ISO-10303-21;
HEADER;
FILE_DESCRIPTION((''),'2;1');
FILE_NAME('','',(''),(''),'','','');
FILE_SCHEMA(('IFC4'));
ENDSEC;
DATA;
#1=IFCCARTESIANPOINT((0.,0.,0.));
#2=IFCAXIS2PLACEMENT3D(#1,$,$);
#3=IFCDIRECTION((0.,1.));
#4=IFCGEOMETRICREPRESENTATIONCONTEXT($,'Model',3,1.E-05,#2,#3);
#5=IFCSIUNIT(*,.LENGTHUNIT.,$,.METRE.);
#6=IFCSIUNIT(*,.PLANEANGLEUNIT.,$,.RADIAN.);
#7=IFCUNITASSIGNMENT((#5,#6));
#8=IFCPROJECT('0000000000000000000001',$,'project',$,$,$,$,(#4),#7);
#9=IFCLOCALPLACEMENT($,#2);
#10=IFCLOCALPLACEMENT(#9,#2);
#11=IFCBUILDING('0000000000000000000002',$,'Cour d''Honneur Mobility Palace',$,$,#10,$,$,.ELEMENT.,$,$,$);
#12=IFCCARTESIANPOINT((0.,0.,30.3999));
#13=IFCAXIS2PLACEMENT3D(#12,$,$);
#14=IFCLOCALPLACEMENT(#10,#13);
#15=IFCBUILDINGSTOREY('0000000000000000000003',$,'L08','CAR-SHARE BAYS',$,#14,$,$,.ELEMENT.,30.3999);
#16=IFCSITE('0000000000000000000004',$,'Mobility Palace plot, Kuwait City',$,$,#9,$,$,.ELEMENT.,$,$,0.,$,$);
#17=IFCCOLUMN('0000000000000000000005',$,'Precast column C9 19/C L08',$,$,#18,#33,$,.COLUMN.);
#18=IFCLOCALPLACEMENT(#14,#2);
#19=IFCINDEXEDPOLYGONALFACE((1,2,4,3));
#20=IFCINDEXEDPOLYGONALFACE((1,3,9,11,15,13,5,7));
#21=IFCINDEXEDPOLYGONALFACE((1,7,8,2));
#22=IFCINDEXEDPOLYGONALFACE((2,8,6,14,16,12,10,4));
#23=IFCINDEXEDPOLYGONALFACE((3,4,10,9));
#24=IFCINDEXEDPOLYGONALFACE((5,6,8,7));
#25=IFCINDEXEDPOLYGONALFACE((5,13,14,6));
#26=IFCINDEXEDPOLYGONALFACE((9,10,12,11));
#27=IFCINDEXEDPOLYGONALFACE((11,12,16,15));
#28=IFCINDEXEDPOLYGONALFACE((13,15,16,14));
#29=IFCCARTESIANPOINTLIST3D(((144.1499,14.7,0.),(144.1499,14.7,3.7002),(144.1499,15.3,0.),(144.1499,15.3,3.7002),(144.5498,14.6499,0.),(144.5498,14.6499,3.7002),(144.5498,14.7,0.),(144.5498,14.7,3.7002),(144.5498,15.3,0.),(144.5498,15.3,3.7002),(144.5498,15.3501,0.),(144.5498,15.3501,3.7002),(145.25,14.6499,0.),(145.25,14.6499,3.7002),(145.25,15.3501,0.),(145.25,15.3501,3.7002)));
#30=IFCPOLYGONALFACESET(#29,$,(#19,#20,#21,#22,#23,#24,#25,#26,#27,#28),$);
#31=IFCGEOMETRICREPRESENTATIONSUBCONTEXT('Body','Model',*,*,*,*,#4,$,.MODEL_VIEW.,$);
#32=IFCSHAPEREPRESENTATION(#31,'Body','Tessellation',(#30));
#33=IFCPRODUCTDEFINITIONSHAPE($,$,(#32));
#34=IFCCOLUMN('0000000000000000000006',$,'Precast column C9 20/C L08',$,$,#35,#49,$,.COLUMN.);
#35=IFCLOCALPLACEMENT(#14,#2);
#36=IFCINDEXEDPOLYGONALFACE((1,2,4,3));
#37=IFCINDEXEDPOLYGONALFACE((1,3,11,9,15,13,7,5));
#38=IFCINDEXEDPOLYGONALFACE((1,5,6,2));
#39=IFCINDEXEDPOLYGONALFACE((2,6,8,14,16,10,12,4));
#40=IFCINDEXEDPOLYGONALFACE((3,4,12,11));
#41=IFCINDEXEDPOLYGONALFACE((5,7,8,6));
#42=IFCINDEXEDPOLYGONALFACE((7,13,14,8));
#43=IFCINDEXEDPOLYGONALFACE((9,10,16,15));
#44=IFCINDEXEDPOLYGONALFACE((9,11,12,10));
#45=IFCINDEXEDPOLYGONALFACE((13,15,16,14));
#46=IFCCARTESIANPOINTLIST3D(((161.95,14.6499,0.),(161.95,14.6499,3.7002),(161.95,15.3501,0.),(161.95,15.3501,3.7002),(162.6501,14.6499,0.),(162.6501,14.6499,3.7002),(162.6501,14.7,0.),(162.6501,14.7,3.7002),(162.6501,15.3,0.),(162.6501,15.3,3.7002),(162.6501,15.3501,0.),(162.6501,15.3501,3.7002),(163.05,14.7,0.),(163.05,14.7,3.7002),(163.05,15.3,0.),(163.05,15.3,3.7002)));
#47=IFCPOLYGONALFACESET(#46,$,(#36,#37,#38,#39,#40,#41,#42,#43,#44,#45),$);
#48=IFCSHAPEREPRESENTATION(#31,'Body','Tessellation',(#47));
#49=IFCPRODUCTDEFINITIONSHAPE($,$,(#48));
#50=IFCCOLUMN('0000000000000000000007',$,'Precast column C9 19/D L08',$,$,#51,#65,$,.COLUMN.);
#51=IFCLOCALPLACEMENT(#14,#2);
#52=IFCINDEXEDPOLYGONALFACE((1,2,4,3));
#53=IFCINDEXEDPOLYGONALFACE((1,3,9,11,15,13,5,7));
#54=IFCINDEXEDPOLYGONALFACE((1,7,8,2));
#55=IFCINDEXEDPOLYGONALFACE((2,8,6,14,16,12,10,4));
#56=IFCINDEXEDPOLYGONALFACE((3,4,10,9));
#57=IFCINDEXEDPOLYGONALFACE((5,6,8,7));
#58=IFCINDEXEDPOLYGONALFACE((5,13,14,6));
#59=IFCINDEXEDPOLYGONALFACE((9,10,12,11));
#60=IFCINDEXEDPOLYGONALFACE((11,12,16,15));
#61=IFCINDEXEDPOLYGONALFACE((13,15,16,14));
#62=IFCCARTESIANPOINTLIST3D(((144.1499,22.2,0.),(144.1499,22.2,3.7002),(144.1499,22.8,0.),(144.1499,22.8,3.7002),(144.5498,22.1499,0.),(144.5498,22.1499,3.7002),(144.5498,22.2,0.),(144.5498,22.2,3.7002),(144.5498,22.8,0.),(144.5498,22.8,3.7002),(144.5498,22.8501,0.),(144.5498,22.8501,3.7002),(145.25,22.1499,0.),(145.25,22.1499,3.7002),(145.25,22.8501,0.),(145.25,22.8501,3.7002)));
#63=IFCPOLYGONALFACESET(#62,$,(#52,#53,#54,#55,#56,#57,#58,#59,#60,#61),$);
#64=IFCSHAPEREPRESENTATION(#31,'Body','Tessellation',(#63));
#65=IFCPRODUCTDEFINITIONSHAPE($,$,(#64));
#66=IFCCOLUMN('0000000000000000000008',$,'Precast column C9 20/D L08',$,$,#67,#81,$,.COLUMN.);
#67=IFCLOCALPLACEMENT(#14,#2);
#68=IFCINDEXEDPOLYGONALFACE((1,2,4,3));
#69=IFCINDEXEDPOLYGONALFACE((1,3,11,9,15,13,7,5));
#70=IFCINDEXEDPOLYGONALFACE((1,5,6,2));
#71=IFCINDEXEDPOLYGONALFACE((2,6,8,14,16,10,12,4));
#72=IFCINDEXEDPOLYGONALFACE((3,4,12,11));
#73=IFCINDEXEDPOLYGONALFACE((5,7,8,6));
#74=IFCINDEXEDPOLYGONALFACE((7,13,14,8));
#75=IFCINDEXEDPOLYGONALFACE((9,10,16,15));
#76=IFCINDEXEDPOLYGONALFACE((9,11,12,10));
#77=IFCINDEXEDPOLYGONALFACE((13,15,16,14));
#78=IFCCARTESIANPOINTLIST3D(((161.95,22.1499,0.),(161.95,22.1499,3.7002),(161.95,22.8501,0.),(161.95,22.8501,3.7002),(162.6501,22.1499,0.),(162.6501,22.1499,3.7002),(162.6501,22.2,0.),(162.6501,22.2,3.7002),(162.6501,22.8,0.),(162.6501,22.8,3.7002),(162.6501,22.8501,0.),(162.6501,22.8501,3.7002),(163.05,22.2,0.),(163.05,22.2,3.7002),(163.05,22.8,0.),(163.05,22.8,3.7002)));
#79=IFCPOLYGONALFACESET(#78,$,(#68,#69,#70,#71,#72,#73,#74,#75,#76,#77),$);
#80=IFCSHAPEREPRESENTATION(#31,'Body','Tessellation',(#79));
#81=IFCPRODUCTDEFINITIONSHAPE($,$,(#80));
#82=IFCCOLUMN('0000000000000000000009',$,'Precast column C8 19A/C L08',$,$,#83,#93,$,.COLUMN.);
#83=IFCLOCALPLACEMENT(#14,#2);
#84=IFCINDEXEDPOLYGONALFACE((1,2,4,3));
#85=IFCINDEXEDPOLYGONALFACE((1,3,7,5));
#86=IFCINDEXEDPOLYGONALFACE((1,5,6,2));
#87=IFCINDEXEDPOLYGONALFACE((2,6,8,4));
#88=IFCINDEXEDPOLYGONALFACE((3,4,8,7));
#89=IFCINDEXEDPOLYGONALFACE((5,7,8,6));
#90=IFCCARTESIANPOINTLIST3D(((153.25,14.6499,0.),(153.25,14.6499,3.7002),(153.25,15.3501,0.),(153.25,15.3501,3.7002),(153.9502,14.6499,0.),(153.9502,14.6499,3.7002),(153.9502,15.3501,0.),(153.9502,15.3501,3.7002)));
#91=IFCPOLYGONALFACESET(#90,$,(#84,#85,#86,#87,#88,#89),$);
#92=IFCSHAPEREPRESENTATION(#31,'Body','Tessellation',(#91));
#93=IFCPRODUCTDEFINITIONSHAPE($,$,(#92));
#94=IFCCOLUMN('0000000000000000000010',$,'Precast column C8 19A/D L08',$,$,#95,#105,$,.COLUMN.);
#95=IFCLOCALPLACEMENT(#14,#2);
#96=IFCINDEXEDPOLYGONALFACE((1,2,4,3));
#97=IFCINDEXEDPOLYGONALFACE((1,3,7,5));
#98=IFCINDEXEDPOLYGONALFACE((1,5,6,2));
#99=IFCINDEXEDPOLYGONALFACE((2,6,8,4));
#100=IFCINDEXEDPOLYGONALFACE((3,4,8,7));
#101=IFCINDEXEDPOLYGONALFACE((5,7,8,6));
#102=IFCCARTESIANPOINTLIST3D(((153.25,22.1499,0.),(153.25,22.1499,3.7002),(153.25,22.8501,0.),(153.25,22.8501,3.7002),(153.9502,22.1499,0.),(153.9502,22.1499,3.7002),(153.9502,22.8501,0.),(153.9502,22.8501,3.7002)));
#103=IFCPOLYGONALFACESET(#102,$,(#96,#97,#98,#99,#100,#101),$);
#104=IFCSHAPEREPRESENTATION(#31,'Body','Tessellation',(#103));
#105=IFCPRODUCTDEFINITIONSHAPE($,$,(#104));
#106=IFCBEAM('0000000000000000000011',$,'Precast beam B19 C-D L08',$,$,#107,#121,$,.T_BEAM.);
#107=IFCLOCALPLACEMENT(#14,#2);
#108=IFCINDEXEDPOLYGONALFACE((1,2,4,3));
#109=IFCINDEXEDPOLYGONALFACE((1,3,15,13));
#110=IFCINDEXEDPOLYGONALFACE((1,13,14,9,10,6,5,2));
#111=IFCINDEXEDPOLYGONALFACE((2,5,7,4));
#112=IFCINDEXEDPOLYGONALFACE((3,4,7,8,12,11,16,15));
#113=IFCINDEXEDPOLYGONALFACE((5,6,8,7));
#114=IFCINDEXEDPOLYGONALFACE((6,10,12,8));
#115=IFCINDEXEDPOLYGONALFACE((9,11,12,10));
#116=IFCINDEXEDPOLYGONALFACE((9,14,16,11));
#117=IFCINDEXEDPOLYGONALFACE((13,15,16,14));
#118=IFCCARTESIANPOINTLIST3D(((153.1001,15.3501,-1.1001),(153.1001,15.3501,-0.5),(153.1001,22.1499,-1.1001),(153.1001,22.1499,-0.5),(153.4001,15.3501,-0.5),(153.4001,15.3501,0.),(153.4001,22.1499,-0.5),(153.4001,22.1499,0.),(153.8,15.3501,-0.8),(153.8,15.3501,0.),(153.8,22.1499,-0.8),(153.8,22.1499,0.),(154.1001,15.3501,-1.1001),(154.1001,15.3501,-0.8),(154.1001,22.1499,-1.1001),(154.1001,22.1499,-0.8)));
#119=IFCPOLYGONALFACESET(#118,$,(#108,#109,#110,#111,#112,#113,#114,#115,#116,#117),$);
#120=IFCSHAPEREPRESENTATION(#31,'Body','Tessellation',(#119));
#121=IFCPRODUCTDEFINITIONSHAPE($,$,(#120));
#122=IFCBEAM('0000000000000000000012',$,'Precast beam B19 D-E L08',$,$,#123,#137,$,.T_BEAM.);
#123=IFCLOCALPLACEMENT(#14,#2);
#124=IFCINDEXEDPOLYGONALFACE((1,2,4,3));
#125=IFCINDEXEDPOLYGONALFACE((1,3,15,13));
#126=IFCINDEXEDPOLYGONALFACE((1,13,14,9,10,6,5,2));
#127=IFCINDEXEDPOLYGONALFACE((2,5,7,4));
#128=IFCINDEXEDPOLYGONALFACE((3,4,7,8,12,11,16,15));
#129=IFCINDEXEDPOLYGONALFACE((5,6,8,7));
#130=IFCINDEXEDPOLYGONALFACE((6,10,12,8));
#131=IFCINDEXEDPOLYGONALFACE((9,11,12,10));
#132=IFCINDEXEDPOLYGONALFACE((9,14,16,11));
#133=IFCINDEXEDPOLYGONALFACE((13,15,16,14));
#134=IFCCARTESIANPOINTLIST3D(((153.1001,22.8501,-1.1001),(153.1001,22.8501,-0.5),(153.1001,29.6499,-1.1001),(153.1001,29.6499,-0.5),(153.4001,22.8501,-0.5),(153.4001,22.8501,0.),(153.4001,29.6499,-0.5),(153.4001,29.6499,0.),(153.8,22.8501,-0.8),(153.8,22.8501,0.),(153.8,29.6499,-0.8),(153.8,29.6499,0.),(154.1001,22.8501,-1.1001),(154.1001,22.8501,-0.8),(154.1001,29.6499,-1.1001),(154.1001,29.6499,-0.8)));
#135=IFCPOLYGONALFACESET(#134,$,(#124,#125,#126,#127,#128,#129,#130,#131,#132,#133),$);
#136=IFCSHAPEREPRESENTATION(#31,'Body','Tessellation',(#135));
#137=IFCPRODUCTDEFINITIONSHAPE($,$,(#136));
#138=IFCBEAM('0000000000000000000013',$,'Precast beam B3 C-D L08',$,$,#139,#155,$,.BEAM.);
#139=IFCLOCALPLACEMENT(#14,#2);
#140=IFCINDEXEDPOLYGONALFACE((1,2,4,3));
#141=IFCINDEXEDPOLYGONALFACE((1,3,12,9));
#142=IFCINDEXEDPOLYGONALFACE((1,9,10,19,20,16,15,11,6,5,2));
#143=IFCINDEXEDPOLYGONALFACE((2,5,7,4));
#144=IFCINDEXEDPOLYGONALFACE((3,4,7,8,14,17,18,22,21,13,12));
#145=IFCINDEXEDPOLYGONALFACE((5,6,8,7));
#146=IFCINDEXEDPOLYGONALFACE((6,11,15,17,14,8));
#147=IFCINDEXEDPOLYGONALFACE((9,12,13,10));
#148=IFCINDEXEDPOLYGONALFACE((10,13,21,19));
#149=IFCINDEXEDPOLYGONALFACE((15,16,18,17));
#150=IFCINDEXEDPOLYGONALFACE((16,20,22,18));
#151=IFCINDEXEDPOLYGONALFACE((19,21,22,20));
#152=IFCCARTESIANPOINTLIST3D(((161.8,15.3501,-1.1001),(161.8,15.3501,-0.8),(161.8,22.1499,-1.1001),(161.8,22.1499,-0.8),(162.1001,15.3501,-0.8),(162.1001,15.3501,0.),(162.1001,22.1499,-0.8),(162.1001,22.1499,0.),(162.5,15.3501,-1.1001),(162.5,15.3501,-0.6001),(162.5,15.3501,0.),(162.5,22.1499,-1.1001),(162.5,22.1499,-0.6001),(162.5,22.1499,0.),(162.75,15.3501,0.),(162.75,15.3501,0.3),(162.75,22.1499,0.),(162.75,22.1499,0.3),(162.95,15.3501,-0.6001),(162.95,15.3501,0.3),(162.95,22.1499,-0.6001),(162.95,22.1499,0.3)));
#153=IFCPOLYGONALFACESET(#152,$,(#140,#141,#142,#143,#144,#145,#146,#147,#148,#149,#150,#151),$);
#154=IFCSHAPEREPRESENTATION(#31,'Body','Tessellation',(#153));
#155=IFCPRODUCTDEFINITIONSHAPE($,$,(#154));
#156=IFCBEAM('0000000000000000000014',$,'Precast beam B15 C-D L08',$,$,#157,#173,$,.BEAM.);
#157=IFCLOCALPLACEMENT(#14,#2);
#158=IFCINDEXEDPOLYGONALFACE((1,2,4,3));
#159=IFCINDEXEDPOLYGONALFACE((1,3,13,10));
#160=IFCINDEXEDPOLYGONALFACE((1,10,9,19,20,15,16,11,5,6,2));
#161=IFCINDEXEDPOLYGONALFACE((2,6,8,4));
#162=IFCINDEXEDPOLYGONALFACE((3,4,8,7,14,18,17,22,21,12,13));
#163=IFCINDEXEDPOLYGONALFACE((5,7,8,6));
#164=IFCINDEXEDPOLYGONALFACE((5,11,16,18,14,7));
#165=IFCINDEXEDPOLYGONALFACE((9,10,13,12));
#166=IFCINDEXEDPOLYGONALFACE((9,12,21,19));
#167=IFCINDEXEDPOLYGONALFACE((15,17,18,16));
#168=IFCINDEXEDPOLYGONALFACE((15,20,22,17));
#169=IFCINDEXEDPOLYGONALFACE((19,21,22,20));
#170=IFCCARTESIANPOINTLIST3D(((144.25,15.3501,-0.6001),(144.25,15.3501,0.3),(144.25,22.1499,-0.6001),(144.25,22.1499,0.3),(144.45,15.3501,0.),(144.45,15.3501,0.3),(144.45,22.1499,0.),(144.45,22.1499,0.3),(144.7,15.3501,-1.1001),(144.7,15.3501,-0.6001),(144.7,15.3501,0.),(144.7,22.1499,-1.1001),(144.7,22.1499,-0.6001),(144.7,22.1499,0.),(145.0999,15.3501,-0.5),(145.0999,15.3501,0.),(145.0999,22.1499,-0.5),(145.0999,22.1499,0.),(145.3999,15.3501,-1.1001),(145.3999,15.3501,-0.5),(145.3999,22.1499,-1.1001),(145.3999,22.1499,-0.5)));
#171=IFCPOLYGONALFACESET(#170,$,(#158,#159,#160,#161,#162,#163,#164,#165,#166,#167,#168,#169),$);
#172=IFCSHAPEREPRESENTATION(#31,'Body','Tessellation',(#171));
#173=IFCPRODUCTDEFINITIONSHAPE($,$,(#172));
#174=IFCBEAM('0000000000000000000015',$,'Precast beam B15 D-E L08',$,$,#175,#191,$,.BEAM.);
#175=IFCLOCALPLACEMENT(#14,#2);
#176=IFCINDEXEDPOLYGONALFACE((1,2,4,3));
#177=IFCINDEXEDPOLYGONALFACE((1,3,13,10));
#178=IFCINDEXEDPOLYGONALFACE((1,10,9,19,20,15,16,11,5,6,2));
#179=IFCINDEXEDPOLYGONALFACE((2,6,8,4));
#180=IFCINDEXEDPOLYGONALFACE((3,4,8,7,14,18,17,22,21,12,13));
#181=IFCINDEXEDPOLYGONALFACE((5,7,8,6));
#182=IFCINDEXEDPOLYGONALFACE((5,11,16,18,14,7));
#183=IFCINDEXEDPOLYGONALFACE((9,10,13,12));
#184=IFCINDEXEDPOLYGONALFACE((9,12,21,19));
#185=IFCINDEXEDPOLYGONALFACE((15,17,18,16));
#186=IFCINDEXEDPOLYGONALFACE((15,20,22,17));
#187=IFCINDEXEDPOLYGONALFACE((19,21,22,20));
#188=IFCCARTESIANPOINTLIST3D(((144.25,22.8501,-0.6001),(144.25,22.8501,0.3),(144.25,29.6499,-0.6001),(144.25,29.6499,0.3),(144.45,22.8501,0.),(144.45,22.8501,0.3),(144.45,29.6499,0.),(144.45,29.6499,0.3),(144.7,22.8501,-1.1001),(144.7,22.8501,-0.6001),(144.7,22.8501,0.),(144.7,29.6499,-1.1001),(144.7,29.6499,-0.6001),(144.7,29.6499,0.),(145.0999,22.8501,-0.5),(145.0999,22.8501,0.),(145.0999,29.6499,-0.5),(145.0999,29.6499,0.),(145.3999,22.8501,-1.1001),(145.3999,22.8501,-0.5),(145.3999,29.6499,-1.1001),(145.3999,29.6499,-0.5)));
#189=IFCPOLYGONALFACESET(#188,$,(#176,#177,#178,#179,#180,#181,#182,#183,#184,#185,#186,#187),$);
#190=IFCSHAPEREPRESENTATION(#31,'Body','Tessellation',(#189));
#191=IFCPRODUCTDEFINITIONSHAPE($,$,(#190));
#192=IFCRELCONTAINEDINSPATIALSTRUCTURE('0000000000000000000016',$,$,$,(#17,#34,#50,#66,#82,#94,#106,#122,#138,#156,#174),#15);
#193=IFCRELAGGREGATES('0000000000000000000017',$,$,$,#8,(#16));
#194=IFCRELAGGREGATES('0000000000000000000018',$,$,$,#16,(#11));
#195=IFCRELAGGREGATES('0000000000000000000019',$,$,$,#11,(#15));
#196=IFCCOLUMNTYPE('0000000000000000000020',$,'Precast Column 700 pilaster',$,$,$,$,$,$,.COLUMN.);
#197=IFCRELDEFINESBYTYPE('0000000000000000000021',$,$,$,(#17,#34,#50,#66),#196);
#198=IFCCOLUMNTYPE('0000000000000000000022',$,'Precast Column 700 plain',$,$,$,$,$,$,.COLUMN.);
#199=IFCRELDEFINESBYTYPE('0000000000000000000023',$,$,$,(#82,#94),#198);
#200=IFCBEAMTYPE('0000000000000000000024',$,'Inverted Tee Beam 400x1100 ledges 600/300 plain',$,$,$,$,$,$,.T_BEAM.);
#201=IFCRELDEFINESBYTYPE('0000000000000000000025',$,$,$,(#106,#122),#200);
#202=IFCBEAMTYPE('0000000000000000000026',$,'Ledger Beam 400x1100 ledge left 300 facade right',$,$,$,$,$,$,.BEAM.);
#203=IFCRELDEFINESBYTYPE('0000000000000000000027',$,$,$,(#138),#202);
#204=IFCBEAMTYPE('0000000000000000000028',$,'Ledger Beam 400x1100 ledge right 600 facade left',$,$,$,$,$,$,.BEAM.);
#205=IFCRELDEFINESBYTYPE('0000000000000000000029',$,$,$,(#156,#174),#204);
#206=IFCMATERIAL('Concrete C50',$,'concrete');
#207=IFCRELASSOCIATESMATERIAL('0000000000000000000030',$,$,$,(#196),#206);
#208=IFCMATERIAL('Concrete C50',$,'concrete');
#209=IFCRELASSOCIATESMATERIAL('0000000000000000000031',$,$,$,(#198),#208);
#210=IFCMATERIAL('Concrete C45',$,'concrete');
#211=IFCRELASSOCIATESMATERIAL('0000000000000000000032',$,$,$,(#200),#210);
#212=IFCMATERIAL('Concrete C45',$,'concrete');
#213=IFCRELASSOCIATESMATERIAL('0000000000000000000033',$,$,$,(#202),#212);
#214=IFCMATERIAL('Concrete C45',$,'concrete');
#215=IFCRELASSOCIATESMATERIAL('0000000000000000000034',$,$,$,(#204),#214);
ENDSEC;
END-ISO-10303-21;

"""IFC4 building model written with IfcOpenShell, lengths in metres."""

from ifc_helpers import new_model, si_unit, direction, frame, origin, place, context, subcontext, project, spatial, polyline, outline, extrude, material, material_profile, profile_set, type_object, element, save


model = new_model("IFC4")

# Units and contexts
model_context = context("Model", 3, precision=1e-05, world=origin(), true_north=direction((0.0, 1.0)))
body_context = subcontext(model_context, "Body", "Model", "MODEL_VIEW")
ifc_project = project(units=[si_unit("LENGTHUNIT", "METRE"), si_unit("PLANEANGLEUNIT", "RADIAN")], contexts=[model_context])

# Site, building, storey
site_placement = place(None, origin())
site = spatial("IfcSite", under=ifc_project, at=site_placement, Name="Mobility Palace plot, Kuwait City", CompositionType="ELEMENT", RefElevation=0.0)
building_placement = place(site_placement, origin())
building = spatial("IfcBuilding", under=site, at=building_placement, Name="Cour d'Honneur Mobility Palace", CompositionType="ELEMENT")
storey_placement = place(building_placement, frame((0.0, 0.0, 30.3999)))
storey = spatial("IfcBuildingStorey", under=building, at=storey_placement, Name="L08", Description="CAR-SHARE BAYS", CompositionType="ELEMENT", Elevation=30.3999)

# Columns
ifc_material_1 = material(Name="Concrete C50", Category="concrete")
ifc_material_profile_1 = material_profile(ifc_material_1, outline(polyline([(-0.3501, -0.3501), (0.3501, -0.3501), (0.3501, -0.3), (0.75, -0.3), (0.75, 0.3), (0.3501, 0.3), (0.3501, 0.3501), (-0.3501, 0.3501), (-0.3501, -0.3501)])), Name="PC C700 pilaster")
ifc_profile_set_1 = profile_set([ifc_material_profile_1], Name="Concrete C50")
column_type_1 = type_object("IfcColumnType", Name="Precast Column 700 pilaster", PredefinedType="COLUMN", material=ifc_profile_set_1)
for number, where, z_axis, x_axis, name in (
    (1, (144.8999, 15.0, 0.0), (0.0, 0.0, 1.0), (-1.0, 0.0, 0.0), "Precast column C9 19/C L08"),
    (2, (162.3, 15.0, 0.0), (0.0, 0.0, 1.0), (1.0, 0.0, 0.0), "Precast column C9 20/C L08"),
    (3, (144.8999, 22.5, 0.0), (0.0, 0.0, 1.0), (-1.0, 0.0, 0.0), "Precast column C9 19/D L08"),
    (4, (162.3, 22.5, 0.0), (0.0, 0.0, 1.0), (1.0, 0.0, 0.0), "Precast column C9 20/D L08"),
):
    element("IfcColumn", number, at=place(storey_placement, frame(where, z_axis=z_axis, x_axis=x_axis)), inside=storey, type_object=column_type_1, Name=name, PredefinedType="COLUMN", context=body_context, shape_type="SweptSolid", body=[
        extrude(outline(polyline([(-0.3501, -0.3501), (0.3501, -0.3501), (0.3501, -0.3), (0.75, -0.3), (0.75, 0.3), (0.3501, 0.3), (0.3501, 0.3501), (-0.3501, 0.3501), (-0.3501, -0.3501)])), origin(), (0.0, 0.0, 1.0), 3.7002),
    ])
ifc_material_2 = material(Name="Concrete C50", Category="concrete")
ifc_material_profile_2 = material_profile(ifc_material_2, outline(polyline([(-0.3501, -0.3501), (0.3501, -0.3501), (0.3501, 0.3501), (-0.3501, 0.3501), (-0.3501, -0.3501)])), Name="PC C700 plain")
ifc_profile_set_2 = profile_set([ifc_material_profile_2], Name="Concrete C50")
column_type_2 = type_object("IfcColumnType", Name="Precast Column 700 plain", PredefinedType="COLUMN", material=ifc_profile_set_2)
for number, where, z_axis, x_axis, name in (
    (5, (153.6001, 15.0, 0.0), (0.0, 0.0, 1.0), (1.0, 0.0, 0.0), "Precast column C8 19A/C L08"),
    (6, (153.6001, 22.5, 0.0), (0.0, 0.0, 1.0), (1.0, 0.0, 0.0), "Precast column C8 19A/D L08"),
):
    element("IfcColumn", number, at=place(storey_placement, frame(where, z_axis=z_axis, x_axis=x_axis)), inside=storey, type_object=column_type_2, Name=name, PredefinedType="COLUMN", context=body_context, shape_type="SweptSolid", body=[
        extrude(outline(polyline([(-0.3501, -0.3501), (0.3501, -0.3501), (0.3501, 0.3501), (-0.3501, 0.3501), (-0.3501, -0.3501)])), origin(), (0.0, 0.0, 1.0), 3.7002),
    ])

# Beams
ifc_material_3 = material(Name="Concrete C45", Category="concrete")
ifc_material_profile_3 = material_profile(ifc_material_3, outline(polyline([(0.5, -1.1001), (0.5, -0.5), (0.2, -0.5), (0.2, 0.0), (-0.2, 0.0), (-0.2, -0.8), (-0.5, -0.8), (-0.5, -1.1001), (0.5, -1.1001)])), Name="Inverted Tee Beam 400x1100 ledges 600/300 plain")
ifc_profile_set_3 = profile_set([ifc_material_profile_3], Name="Concrete C45")
beam_type_1 = type_object("IfcBeamType", Name="Inverted Tee Beam 400x1100 ledges 600/300 plain", PredefinedType="T_BEAM", material=ifc_profile_set_3)
for number, where, z_axis, x_axis, name in (
    (7, (153.6001, 15.3501, 0.0), (0.0, 1.0, 0.0), (-1.0, 0.0, 0.0), "Precast beam B19 C-D L08"),
    (8, (153.6001, 22.8501, 0.0), (0.0, 1.0, 0.0), (-1.0, 0.0, 0.0), "Precast beam B19 D-E L08"),
):
    element("IfcBeam", number, at=place(storey_placement, frame(where, z_axis=z_axis, x_axis=x_axis)), inside=storey, type_object=beam_type_1, Name=name, PredefinedType="T_BEAM", context=body_context, shape_type="SweptSolid", body=[
        extrude(outline(polyline([(0.5, -1.1001), (0.5, -0.5), (0.2, -0.5), (0.2, 0.0), (-0.2, 0.0), (-0.2, -0.8), (-0.5, -0.8), (-0.5, -1.1001), (0.5, -1.1001)])), origin(), (0.0, 0.0, 1.0), 6.7998),
    ])
ifc_material_4 = material(Name="Concrete C45", Category="concrete")
ifc_material_profile_4 = material_profile(ifc_material_4, outline(polyline([(0.5, -1.1001), (0.5, -0.8), (0.2, -0.8), (0.2, 0.0), (-0.2, 0.0), (-0.45, 0.0), (-0.45, 0.3), (-0.6499, 0.3), (-0.6499, -0.6001), (-0.2, -0.6001), (-0.2, -1.1001), (0.5, -1.1001)])), Name="Ledger Beam 400x1100 ledge left 300 facade right")
ifc_profile_set_4 = profile_set([ifc_material_profile_4], Name="Concrete C45")
beam_type_2 = type_object("IfcBeamType", Name="Ledger Beam 400x1100 ledge left 300 facade right", PredefinedType="BEAM", material=ifc_profile_set_4)
beam_placement = place(storey_placement, frame((162.3, 15.3501, 0.0), z_axis=(0.0, 1.0, 0.0), x_axis=(-1.0, 0.0, 0.0)))
element("IfcBeam", 9, at=beam_placement, inside=storey, type_object=beam_type_2, Name="Precast beam B3 C-D L08", PredefinedType="BEAM", context=body_context, shape_type="SweptSolid", body=[
    extrude(outline(polyline([(0.5, -1.1001), (0.5, -0.8), (0.2, -0.8), (0.2, 0.0), (-0.2, 0.0), (-0.45, 0.0), (-0.45, 0.3), (-0.6499, 0.3), (-0.6499, -0.6001), (-0.2, -0.6001), (-0.2, -1.1001), (0.5, -1.1001)])), origin(), (0.0, 0.0, 1.0), 6.7998),
])
ifc_material_5 = material(Name="Concrete C45", Category="concrete")
ifc_material_profile_5 = material_profile(ifc_material_5, outline(polyline([(0.2, -1.1001), (0.2, -0.6001), (0.6499, -0.6001), (0.6499, 0.3), (0.45, 0.3), (0.45, 0.0), (0.2, 0.0), (-0.2, 0.0), (-0.2, -0.5), (-0.5, -0.5), (-0.5, -1.1001), (0.2, -1.1001)])), Name="Ledger Beam 400x1100 ledge right 600 facade left")
ifc_profile_set_5 = profile_set([ifc_material_profile_5], Name="Concrete C45")
beam_type_3 = type_object("IfcBeamType", Name="Ledger Beam 400x1100 ledge right 600 facade left", PredefinedType="BEAM", material=ifc_profile_set_5)
for number, where, z_axis, x_axis, name in (
    (10, (144.8999, 15.3501, 0.0), (0.0, 1.0, 0.0), (-1.0, 0.0, 0.0), "Precast beam B15 C-D L08"),
    (11, (144.8999, 22.8501, 0.0), (0.0, 1.0, 0.0), (-1.0, 0.0, 0.0), "Precast beam B15 D-E L08"),
):
    element("IfcBeam", number, at=place(storey_placement, frame(where, z_axis=z_axis, x_axis=x_axis)), inside=storey, type_object=beam_type_3, Name=name, PredefinedType="BEAM", context=body_context, shape_type="SweptSolid", body=[
        extrude(outline(polyline([(0.2, -1.1001), (0.2, -0.6001), (0.6499, -0.6001), (0.6499, 0.3), (0.45, 0.3), (0.45, 0.0), (0.2, 0.0), (-0.2, 0.0), (-0.2, -0.5), (-0.5, -0.5), (-0.5, -1.1001), (0.2, -1.1001)])), origin(), (0.0, 0.0, 1.0), 6.7998),
    ])

save(model, "model.ifc")
